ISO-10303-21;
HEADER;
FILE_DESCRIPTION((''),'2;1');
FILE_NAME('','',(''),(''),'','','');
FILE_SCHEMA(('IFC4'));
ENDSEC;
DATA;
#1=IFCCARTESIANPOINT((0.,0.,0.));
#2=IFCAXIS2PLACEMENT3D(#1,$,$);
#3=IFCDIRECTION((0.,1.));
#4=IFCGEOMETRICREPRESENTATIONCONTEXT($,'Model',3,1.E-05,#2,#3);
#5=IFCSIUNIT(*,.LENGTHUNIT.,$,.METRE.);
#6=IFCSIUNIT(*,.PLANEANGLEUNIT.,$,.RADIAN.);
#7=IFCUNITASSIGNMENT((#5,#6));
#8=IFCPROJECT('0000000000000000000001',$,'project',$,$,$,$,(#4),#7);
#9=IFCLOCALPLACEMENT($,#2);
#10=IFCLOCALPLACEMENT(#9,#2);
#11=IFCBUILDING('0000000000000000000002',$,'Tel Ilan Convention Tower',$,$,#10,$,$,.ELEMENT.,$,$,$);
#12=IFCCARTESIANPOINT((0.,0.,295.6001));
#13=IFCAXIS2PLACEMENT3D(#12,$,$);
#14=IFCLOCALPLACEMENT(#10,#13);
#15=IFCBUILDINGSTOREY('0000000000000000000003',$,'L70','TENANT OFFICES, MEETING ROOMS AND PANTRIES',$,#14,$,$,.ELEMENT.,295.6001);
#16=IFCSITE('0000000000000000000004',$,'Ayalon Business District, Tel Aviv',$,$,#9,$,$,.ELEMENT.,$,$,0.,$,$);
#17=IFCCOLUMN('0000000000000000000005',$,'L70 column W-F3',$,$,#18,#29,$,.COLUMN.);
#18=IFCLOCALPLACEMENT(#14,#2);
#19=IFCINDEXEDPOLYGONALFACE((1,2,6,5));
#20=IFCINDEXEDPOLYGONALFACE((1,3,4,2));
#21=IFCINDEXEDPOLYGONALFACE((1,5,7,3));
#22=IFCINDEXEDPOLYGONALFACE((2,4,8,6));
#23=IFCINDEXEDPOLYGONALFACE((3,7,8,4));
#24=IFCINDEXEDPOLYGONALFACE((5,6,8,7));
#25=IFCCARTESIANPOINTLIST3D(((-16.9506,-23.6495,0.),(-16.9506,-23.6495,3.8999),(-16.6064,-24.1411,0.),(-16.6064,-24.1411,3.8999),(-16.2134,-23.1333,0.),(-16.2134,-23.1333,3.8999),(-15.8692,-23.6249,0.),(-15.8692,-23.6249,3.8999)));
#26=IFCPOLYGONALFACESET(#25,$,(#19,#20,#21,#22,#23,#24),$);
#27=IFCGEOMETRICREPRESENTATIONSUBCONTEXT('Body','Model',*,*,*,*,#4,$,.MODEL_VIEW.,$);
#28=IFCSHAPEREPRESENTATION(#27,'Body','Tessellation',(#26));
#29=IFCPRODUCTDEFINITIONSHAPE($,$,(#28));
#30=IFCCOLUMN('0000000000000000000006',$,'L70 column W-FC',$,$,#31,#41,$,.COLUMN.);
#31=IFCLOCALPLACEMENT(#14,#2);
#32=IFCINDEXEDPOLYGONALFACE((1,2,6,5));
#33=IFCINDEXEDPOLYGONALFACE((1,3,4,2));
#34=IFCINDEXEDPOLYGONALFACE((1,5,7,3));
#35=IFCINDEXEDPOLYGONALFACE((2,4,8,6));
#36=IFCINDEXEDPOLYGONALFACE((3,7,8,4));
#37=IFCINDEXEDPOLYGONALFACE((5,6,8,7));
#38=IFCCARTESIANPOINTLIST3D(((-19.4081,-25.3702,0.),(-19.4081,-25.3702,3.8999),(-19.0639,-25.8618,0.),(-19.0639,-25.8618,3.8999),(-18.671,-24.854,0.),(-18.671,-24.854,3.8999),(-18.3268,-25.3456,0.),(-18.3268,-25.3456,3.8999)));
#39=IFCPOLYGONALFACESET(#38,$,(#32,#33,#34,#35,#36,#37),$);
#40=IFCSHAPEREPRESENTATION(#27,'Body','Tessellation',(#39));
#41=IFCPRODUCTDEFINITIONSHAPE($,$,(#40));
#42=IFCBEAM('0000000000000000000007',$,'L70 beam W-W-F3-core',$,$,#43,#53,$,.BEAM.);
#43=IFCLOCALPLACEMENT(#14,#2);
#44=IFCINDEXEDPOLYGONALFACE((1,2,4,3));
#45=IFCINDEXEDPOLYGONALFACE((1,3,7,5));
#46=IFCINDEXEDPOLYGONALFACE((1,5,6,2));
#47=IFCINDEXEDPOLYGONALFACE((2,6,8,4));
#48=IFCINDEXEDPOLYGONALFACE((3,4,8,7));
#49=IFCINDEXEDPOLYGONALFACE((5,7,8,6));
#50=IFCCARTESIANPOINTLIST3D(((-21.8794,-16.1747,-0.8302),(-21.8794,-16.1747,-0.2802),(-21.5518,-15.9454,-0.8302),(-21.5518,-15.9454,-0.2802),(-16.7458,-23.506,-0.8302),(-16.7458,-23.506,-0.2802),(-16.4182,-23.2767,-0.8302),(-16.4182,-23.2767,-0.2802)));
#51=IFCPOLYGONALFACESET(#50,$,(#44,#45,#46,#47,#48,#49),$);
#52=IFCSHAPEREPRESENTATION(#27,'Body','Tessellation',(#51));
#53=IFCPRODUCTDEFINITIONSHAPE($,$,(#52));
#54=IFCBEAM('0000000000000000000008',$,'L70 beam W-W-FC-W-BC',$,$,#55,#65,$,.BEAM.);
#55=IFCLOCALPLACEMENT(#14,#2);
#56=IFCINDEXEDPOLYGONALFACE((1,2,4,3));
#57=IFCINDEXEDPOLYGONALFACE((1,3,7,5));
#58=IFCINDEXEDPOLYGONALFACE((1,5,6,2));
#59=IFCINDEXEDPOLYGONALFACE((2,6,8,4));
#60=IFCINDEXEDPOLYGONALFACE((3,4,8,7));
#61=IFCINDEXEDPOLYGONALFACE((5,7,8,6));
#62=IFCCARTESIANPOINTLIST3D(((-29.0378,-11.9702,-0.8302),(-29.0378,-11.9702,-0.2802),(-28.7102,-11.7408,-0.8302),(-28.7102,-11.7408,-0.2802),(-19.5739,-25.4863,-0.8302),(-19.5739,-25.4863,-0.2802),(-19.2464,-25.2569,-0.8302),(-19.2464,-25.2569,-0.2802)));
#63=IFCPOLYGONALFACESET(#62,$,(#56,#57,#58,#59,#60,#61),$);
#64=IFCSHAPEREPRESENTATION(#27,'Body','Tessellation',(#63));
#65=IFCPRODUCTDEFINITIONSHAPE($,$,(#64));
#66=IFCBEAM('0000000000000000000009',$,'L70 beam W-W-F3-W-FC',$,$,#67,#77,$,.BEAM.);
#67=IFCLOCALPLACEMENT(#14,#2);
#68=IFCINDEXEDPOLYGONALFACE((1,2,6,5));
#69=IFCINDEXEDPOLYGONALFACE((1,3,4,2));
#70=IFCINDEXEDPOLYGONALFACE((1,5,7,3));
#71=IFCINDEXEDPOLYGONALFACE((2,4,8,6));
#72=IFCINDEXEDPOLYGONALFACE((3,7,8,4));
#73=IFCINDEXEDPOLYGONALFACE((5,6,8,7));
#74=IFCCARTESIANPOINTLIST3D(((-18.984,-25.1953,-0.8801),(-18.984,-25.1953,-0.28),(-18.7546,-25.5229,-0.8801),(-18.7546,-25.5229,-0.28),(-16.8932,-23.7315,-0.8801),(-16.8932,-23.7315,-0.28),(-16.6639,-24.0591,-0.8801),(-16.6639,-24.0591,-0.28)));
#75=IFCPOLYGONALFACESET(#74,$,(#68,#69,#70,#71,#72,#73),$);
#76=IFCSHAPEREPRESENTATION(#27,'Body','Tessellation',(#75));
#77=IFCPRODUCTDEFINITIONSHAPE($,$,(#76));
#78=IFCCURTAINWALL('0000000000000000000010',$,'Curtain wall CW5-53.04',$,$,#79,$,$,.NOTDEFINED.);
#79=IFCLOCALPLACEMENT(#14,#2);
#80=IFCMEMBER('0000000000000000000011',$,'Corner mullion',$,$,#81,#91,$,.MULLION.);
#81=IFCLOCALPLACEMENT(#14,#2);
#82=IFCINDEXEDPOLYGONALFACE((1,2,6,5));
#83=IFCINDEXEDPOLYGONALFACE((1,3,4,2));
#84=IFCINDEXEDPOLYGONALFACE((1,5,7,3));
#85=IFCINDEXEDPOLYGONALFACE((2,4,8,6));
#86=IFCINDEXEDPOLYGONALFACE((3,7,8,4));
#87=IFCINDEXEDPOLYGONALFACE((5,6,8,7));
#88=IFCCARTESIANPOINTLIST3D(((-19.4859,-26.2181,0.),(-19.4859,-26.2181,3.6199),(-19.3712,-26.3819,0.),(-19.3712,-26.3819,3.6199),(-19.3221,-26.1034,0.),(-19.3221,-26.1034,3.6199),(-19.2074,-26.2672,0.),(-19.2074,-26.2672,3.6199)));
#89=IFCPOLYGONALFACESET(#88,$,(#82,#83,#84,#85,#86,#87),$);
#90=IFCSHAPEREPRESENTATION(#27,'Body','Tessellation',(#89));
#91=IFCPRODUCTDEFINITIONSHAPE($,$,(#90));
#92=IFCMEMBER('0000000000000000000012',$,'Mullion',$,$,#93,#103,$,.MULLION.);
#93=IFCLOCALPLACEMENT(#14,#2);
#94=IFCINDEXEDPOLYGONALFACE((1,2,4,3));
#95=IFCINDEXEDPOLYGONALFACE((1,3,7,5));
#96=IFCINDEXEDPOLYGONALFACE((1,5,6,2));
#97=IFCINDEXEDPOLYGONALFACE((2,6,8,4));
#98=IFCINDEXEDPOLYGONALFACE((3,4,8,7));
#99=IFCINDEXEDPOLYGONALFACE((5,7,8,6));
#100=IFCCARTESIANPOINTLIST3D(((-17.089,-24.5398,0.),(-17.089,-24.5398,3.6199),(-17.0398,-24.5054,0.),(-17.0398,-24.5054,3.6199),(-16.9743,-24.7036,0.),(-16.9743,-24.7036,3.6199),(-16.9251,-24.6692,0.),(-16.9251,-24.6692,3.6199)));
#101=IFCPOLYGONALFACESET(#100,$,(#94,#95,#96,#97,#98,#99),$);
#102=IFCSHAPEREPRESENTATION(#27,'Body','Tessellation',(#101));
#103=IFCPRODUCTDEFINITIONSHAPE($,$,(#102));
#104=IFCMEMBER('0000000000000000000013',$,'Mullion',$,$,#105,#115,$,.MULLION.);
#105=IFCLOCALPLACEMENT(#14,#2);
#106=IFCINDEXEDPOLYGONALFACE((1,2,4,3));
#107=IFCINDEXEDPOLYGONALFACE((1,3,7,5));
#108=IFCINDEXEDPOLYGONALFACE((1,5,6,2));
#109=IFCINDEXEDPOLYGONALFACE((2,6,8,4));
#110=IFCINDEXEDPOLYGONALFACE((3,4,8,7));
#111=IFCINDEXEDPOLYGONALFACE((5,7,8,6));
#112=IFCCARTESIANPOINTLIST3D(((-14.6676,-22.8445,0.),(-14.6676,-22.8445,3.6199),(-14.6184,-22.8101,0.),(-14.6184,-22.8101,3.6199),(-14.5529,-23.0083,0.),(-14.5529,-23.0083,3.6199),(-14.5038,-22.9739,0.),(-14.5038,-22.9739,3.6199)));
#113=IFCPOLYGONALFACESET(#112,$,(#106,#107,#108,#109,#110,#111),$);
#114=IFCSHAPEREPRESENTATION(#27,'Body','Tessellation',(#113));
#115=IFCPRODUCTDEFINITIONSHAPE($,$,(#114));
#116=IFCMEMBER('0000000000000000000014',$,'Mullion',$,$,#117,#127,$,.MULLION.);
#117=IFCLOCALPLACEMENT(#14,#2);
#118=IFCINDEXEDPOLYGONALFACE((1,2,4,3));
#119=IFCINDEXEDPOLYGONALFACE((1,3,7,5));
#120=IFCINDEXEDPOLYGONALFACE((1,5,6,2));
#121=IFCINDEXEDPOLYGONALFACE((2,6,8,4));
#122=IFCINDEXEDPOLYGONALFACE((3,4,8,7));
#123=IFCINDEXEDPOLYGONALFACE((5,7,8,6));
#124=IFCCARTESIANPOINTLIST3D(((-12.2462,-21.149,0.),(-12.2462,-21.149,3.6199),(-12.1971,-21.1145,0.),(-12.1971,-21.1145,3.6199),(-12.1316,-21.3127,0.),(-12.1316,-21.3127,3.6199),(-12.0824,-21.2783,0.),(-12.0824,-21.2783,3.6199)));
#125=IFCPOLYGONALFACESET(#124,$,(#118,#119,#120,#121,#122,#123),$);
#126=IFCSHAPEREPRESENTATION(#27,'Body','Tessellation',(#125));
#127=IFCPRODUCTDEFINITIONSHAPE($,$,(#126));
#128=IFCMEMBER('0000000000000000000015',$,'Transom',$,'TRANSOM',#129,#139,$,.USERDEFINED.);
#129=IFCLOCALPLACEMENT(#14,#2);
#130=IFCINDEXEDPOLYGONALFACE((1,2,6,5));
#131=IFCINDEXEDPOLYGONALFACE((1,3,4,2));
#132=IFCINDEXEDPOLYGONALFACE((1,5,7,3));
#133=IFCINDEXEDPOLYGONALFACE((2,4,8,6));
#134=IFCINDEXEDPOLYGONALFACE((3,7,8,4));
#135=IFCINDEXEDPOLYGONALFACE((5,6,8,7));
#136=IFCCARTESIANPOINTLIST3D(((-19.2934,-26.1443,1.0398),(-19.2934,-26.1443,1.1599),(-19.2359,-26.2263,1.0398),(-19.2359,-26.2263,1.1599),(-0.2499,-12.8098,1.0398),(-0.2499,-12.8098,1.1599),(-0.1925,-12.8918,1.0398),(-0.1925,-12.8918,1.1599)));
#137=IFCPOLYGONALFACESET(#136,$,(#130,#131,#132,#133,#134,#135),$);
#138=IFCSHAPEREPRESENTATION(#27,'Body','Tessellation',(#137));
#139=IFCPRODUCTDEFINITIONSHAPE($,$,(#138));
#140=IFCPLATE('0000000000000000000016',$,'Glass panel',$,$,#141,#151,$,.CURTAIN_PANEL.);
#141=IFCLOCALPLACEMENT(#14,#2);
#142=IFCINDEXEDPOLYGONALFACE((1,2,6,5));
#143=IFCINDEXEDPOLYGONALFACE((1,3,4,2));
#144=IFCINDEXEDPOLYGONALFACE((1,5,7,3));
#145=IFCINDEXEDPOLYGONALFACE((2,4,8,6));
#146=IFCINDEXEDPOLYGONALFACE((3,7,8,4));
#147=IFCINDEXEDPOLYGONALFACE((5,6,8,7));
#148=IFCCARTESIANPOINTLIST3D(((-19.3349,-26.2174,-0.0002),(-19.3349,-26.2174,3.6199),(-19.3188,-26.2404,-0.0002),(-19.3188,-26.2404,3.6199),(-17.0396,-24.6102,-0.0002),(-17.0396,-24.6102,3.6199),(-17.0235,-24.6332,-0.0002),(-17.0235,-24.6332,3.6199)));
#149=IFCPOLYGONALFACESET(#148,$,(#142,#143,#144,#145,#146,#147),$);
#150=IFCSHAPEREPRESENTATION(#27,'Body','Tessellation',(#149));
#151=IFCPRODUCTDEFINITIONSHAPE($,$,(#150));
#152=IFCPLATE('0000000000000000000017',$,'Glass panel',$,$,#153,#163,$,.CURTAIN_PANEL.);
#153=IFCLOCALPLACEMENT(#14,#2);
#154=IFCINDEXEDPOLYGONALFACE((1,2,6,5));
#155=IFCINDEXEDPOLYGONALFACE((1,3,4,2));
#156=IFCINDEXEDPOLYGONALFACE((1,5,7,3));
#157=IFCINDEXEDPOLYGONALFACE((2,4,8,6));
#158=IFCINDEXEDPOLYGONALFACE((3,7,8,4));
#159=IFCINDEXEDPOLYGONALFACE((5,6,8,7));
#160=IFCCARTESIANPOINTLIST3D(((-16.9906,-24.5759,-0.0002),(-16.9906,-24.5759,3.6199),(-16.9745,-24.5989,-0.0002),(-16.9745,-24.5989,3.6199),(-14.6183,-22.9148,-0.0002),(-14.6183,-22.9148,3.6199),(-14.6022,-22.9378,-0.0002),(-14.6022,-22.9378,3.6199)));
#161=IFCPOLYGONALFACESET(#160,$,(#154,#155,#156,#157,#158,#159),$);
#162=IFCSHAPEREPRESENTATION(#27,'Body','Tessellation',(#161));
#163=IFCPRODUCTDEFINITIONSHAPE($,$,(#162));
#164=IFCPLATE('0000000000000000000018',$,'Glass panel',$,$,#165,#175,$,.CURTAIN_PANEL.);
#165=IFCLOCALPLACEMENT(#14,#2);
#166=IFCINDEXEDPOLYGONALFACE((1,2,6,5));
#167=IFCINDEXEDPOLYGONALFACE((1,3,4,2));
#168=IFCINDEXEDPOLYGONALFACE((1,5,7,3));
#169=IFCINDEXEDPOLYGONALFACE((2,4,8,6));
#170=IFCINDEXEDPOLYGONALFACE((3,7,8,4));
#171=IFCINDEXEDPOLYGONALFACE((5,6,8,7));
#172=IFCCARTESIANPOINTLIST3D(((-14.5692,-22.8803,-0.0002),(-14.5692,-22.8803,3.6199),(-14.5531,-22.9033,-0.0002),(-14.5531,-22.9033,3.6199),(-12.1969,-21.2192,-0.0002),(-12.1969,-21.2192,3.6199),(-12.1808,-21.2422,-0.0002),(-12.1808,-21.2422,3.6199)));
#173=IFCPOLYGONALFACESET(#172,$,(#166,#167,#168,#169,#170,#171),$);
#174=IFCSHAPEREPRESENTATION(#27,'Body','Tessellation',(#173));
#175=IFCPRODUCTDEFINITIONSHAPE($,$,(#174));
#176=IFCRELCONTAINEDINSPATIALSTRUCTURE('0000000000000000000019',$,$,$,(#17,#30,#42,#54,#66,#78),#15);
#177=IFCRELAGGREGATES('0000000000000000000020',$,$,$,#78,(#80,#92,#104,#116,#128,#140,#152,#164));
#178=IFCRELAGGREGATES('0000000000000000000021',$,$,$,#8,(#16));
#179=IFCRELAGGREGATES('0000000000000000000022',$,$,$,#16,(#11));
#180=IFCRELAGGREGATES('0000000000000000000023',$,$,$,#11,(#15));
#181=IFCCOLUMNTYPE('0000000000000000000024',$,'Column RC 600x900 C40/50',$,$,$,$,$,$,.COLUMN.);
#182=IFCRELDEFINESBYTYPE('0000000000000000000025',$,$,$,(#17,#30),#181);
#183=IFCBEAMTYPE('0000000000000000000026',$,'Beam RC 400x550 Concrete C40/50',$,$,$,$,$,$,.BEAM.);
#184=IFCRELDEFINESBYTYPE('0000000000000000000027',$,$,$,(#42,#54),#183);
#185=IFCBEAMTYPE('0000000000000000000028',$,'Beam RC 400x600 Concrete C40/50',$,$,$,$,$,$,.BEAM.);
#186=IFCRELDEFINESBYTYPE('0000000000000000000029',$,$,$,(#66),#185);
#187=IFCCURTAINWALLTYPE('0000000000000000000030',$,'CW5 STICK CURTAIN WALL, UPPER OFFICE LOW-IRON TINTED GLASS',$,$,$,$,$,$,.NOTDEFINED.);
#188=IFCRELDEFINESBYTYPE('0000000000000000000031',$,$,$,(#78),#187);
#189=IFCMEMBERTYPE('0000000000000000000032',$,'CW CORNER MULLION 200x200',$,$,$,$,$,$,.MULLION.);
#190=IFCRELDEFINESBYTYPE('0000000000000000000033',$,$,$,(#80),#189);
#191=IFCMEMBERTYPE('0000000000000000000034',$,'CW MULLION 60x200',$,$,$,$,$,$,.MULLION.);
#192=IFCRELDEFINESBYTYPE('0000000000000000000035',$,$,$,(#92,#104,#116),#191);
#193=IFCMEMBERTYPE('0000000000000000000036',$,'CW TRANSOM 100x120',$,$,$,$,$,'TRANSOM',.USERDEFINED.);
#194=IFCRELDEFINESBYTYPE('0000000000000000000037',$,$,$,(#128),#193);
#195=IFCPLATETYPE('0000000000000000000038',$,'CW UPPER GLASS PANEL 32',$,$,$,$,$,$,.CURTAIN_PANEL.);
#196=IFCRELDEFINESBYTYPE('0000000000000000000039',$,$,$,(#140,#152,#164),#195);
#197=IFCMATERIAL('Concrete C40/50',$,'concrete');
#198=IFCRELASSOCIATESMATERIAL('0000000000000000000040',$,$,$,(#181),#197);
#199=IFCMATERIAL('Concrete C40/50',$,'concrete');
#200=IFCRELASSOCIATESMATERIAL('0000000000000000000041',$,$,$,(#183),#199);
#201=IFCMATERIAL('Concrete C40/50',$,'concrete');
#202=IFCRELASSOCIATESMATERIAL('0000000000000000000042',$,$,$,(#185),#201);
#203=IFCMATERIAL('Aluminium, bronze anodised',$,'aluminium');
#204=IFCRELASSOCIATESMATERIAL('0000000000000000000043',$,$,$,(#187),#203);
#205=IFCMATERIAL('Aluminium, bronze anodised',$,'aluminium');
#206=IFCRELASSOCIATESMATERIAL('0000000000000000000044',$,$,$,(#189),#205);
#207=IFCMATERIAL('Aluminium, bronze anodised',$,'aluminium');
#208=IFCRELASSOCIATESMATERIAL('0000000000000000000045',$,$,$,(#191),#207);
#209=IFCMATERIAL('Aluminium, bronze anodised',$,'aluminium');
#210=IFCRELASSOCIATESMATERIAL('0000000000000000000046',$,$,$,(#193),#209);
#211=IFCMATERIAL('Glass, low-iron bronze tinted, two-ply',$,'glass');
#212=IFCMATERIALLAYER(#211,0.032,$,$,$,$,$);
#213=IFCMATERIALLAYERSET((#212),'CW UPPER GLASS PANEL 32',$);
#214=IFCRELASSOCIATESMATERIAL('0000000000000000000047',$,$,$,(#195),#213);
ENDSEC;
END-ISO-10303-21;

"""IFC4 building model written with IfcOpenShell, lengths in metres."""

from ifc_helpers import new_model, si_unit, direction, frame, origin, origin_2d, place, context, subcontext, project, spatial, rectangle, extrude, material, layer, layer_set, material_profile, profile_set, type_object, element, aggregate, save


model = new_model("IFC4")

# Units and contexts
model_context = context("Model", 3, precision=1e-05, world=origin(), true_north=direction((0.0, 1.0)))
body_context = subcontext(model_context, "Body", "Model", "MODEL_VIEW")
ifc_project = project(units=[si_unit("LENGTHUNIT", "METRE"), si_unit("PLANEANGLEUNIT", "RADIAN")], contexts=[model_context])

# Site, building, storey
site_placement = place(None, origin())
site = spatial("IfcSite", under=ifc_project, at=site_placement, Name="Ayalon Business District, Tel Aviv", CompositionType="ELEMENT", RefElevation=0.0)
building_placement = place(site_placement, origin())
building = spatial("IfcBuilding", under=site, at=building_placement, Name="Tel Ilan Convention Tower", CompositionType="ELEMENT")
storey_placement = place(building_placement, frame((0.0, 0.0, 295.6001)))
storey = spatial("IfcBuildingStorey", under=building, at=storey_placement, Name="L70", Description="TENANT OFFICES, MEETING ROOMS AND PANTRIES", CompositionType="ELEMENT", Elevation=295.6001)

# Columns
ifc_material_1 = material(Name="Concrete C40/50", Category="concrete")
ifc_material_profile_1 = material_profile(ifc_material_1, rectangle(XDim=0.8999, YDim=0.6001, at=origin_2d()), Name="RC 600x900")
ifc_profile_set_1 = profile_set([ifc_material_profile_1], Name="Concrete C40/50")
column_type = type_object("IfcColumnType", Name="Column RC 600x900 C40/50", PredefinedType="COLUMN", material=ifc_profile_set_1)
for number, where, z_axis, x_axis, name in (
    (1, (-16.4099, -23.6372, 0.0), (0.0, 0.0, 1.0), (-0.819152, -0.573576, 0.0), "L70 column W-F3"),
    (2, (-18.8674, -25.3579, 0.0), (0.0, 0.0, 1.0), (-0.819152, -0.573576, 0.0), "L70 column W-FC"),
):
    element("IfcColumn", number, at=place(storey_placement, frame(where, z_axis=z_axis, x_axis=x_axis)), inside=storey, type_object=column_type, Name=name, PredefinedType="COLUMN", context=body_context, shape_type="SweptSolid", body=[
        extrude(rectangle(XDim=0.8999, YDim=0.6001, at=origin_2d()), origin(), (0.0, 0.0, 1.0), 3.8999),
    ])

# Beams
ifc_material_2 = material(Name="Concrete C40/50", Category="concrete")
ifc_material_profile_2 = material_profile(ifc_material_2, rectangle(XDim=0.3999, YDim=0.55, at=origin_2d()), Name="RC 400x550")
ifc_profile_set_2 = profile_set([ifc_material_profile_2], Name="Concrete C40/50")
beam_type_1 = type_object("IfcBeamType", Name="Beam RC 400x550 Concrete C40/50", PredefinedType="BEAM", material=ifc_profile_set_2)
beam_1_placement = place(storey_placement, frame((-16.582, -23.3914, -0.5552), z_axis=(-0.573585, 0.819146, 0.0), x_axis=(-0.819146, -0.573585, 0.0)))
element("IfcBeam", 3, at=beam_1_placement, inside=storey, type_object=beam_type_1, Name="L70 beam W-W-F3-core", PredefinedType="BEAM", context=body_context, shape_type="SweptSolid", body=[
    extrude(rectangle(XDim=0.3999, YDim=0.55, at=origin_2d()), origin(), (0.0, 0.0, 1.0), 8.95),
])
beam_2_placement = place(storey_placement, frame((-19.4102, -25.3716, -0.5552), z_axis=(-0.573568, 0.819158, 0.0), x_axis=(-0.819158, -0.573568, 0.0)))
element("IfcBeam", 4, at=beam_2_placement, inside=storey, type_object=beam_type_1, Name="L70 beam W-W-FC-W-BC", PredefinedType="BEAM", context=body_context, shape_type="SweptSolid", body=[
    extrude(rectangle(XDim=0.3999, YDim=0.55, at=origin_2d()), origin(), (0.0, 0.0, 1.0), 16.5),
])
ifc_material_3 = material(Name="Concrete C40/50", Category="concrete")
ifc_material_profile_3 = material_profile(ifc_material_3, rectangle(XDim=0.3999, YDim=0.6001, at=origin_2d()), Name="RC 400x600")
ifc_profile_set_3 = profile_set([ifc_material_profile_3], Name="Concrete C40/50")
beam_type_2 = type_object("IfcBeamType", Name="Beam RC 400x600 Concrete C40/50", PredefinedType="BEAM", material=ifc_profile_set_3)
beam_3_placement = place(storey_placement, frame((-16.7786, -23.8953, -0.5801), z_axis=(-0.819178, -0.573539, 0.0), x_axis=(0.573539, -0.819178, 0.0)))
element("IfcBeam", 5, at=beam_3_placement, inside=storey, type_object=beam_type_2, Name="L70 beam W-W-F3-W-FC", PredefinedType="BEAM", context=body_context, shape_type="SweptSolid", body=[
    extrude(rectangle(XDim=0.3999, YDim=0.6001, at=origin_2d()), origin(), (0.0, 0.0, 1.0), 2.5522),
])

# Curtain wall, members, plates
ifc_material_4 = material(Name="Aluminium, bronze anodised", Category="aluminium")
curtain_wall_type = type_object("IfcCurtainWallType", Name="CW5 STICK CURTAIN WALL, UPPER OFFICE LOW-IRON TINTED GLASS", PredefinedType="NOTDEFINED", material=ifc_material_4)
curtain_wall_placement = place(storey_placement, origin())
curtain_wall = element("IfcCurtainWall", 6, at=curtain_wall_placement, inside=storey, type_object=curtain_wall_type, Name="Curtain wall CW5-53.04", PredefinedType="NOTDEFINED")
ifc_material_5 = material(Name="Aluminium, bronze anodised", Category="aluminium")
ifc_material_profile_4 = material_profile(ifc_material_5, rectangle(XDim=0.2, YDim=0.2, at=origin_2d()), Name="CW CORNER MULLION 200x200")
ifc_profile_set_4 = profile_set([ifc_material_profile_4], Name="Aluminium, bronze anodised")
member_type_1 = type_object("IfcMemberType", Name="CW CORNER MULLION 200x200", PredefinedType="MULLION", material=ifc_profile_set_4)
member_1_placement = place(storey_placement, frame((-19.3467, -26.2427, 0.0), z_axis=(0.0, 0.0, 1.0), x_axis=(0.573576, -0.819152, 0.0)))
member_1 = element("IfcMember", 7, at=member_1_placement, type_object=member_type_1, Name="Corner mullion", PredefinedType="MULLION", context=body_context, shape_type="SweptSolid", body=[
    extrude(rectangle(XDim=0.2, YDim=0.2, at=origin_2d()), origin(), (0.0, 0.0, 1.0), 3.6199),
])
ifc_material_6 = material(Name="Aluminium, bronze anodised", Category="aluminium")
ifc_material_profile_5 = material_profile(ifc_material_6, rectangle(XDim=0.0601, YDim=0.2, at=origin_2d()), Name="CW MULLION 60x200")
ifc_profile_set_5 = profile_set([ifc_material_profile_5], Name="Aluminium, bronze anodised")
member_type_2 = type_object("IfcMemberType", Name="CW MULLION 60x200", PredefinedType="MULLION", material=ifc_profile_set_5)
member_2_placement = place(storey_placement, frame((-17.0071, -24.6045, 0.0), z_axis=(0.0, 0.0, 1.0), x_axis=(0.819152, 0.573576, 0.0)))
member_2 = element("IfcMember", 8, at=member_2_placement, type_object=member_type_2, Name="Mullion", PredefinedType="MULLION", context=body_context, shape_type="SweptSolid", body=[
    extrude(rectangle(XDim=0.0601, YDim=0.2, at=origin_2d()), origin(), (0.0, 0.0, 1.0), 3.6199),
])
member_3_placement = place(storey_placement, frame((-14.5857, -22.9092, 0.0), z_axis=(0.0, 0.0, 1.0), x_axis=(0.819152, 0.573576, 0.0)))
member_3 = element("IfcMember", 9, at=member_3_placement, type_object=member_type_2, Name="Mullion", PredefinedType="MULLION", context=body_context, shape_type="SweptSolid", body=[
    extrude(rectangle(XDim=0.0601, YDim=0.2, at=origin_2d()), origin(), (0.0, 0.0, 1.0), 3.6199),
])
member_4_placement = place(storey_placement, frame((-12.1643, -21.2136, 0.0), z_axis=(0.0, 0.0, 1.0), x_axis=(0.819152, 0.573576, 0.0)))
member_4 = element("IfcMember", 10, at=member_4_placement, type_object=member_type_2, Name="Mullion", PredefinedType="MULLION", context=body_context, shape_type="SweptSolid", body=[
    extrude(rectangle(XDim=0.0601, YDim=0.2, at=origin_2d()), origin(), (0.0, 0.0, 1.0), 3.6199),
])
ifc_material_7 = material(Name="Aluminium, bronze anodised", Category="aluminium")
ifc_material_profile_6 = material_profile(ifc_material_7, rectangle(XDim=0.1001, YDim=0.1201, at=origin_2d()), Name="CW TRANSOM 100x120")
ifc_profile_set_6 = profile_set([ifc_material_profile_6], Name="Aluminium, bronze anodised")
member_type_3 = type_object("IfcMemberType", Name="CW TRANSOM 100x120", ElementType="TRANSOM", PredefinedType="USERDEFINED", material=ifc_profile_set_6)
member_5_placement = place(storey_placement, frame((-19.2646, -26.1853, 1.0999), z_axis=(0.81915, 0.573579, 0.0), x_axis=(-0.573579, 0.81915, 0.0)))
member_5 = element("IfcMember", 11, at=member_5_placement, type_object=member_type_3, Name="Transom", ObjectType="TRANSOM", PredefinedType="USERDEFINED", context=body_context, shape_type="SweptSolid", body=[
    extrude(rectangle(XDim=0.1001, YDim=0.1201, at=origin_2d()), origin(), (0.0, 0.0, 1.0), 23.2478),
])
ifc_material_8 = material(Name="Glass, low-iron bronze tinted, two-ply", Category="glass")
ifc_layer_1 = layer(ifc_material_8, 0.032)
ifc_layer_set_1 = layer_set([ifc_layer_1], Name="CW UPPER GLASS PANEL 32")
plate_type = type_object("IfcPlateType", Name="CW UPPER GLASS PANEL 32", PredefinedType="CURTAIN_PANEL", material=ifc_layer_set_1)
plate_1_placement = place(storey_placement, frame((-18.1792, -25.4253, -0.0002), z_axis=(0.0, 0.0, 1.0), x_axis=(0.819152, 0.573576, 0.0)))
plate_1 = element("IfcPlate", 12, at=plate_1_placement, type_object=plate_type, Name="Glass panel", PredefinedType="CURTAIN_PANEL", context=body_context, shape_type="SweptSolid", body=[
    extrude(rectangle(XDim=2.802, YDim=0.0281, at=origin_2d()), origin(), (0.0, 0.0, 1.0), 3.6201),
])
plate_2_placement = place(storey_placement, frame((-15.7964, -23.7568, -0.0002), z_axis=(0.0, 0.0, 1.0), x_axis=(0.819152, 0.573576, 0.0)))
plate_2 = element("IfcPlate", 13, at=plate_2_placement, type_object=plate_type, Name="Glass panel", PredefinedType="CURTAIN_PANEL", context=body_context, shape_type="SweptSolid", body=[
    extrude(rectangle(XDim=2.896, YDim=0.0281, at=origin_2d()), origin(), (0.0, 0.0, 1.0), 3.6201),
])
plate_3_placement = place(storey_placement, frame((-13.375, -22.0613, -0.0002), z_axis=(0.0, 0.0, 1.0), x_axis=(0.819152, 0.573576, 0.0)))
plate_3 = element("IfcPlate", 14, at=plate_3_placement, type_object=plate_type, Name="Glass panel", PredefinedType="CURTAIN_PANEL", context=body_context, shape_type="SweptSolid", body=[
    extrude(rectangle(XDim=2.896, YDim=0.0281, at=origin_2d()), origin(), (0.0, 0.0, 1.0), 3.6201),
])
aggregate(curtain_wall, [member_1, member_2, member_3, member_4, member_5, plate_1, plate_2, plate_3])

save(model, "model.ifc")
